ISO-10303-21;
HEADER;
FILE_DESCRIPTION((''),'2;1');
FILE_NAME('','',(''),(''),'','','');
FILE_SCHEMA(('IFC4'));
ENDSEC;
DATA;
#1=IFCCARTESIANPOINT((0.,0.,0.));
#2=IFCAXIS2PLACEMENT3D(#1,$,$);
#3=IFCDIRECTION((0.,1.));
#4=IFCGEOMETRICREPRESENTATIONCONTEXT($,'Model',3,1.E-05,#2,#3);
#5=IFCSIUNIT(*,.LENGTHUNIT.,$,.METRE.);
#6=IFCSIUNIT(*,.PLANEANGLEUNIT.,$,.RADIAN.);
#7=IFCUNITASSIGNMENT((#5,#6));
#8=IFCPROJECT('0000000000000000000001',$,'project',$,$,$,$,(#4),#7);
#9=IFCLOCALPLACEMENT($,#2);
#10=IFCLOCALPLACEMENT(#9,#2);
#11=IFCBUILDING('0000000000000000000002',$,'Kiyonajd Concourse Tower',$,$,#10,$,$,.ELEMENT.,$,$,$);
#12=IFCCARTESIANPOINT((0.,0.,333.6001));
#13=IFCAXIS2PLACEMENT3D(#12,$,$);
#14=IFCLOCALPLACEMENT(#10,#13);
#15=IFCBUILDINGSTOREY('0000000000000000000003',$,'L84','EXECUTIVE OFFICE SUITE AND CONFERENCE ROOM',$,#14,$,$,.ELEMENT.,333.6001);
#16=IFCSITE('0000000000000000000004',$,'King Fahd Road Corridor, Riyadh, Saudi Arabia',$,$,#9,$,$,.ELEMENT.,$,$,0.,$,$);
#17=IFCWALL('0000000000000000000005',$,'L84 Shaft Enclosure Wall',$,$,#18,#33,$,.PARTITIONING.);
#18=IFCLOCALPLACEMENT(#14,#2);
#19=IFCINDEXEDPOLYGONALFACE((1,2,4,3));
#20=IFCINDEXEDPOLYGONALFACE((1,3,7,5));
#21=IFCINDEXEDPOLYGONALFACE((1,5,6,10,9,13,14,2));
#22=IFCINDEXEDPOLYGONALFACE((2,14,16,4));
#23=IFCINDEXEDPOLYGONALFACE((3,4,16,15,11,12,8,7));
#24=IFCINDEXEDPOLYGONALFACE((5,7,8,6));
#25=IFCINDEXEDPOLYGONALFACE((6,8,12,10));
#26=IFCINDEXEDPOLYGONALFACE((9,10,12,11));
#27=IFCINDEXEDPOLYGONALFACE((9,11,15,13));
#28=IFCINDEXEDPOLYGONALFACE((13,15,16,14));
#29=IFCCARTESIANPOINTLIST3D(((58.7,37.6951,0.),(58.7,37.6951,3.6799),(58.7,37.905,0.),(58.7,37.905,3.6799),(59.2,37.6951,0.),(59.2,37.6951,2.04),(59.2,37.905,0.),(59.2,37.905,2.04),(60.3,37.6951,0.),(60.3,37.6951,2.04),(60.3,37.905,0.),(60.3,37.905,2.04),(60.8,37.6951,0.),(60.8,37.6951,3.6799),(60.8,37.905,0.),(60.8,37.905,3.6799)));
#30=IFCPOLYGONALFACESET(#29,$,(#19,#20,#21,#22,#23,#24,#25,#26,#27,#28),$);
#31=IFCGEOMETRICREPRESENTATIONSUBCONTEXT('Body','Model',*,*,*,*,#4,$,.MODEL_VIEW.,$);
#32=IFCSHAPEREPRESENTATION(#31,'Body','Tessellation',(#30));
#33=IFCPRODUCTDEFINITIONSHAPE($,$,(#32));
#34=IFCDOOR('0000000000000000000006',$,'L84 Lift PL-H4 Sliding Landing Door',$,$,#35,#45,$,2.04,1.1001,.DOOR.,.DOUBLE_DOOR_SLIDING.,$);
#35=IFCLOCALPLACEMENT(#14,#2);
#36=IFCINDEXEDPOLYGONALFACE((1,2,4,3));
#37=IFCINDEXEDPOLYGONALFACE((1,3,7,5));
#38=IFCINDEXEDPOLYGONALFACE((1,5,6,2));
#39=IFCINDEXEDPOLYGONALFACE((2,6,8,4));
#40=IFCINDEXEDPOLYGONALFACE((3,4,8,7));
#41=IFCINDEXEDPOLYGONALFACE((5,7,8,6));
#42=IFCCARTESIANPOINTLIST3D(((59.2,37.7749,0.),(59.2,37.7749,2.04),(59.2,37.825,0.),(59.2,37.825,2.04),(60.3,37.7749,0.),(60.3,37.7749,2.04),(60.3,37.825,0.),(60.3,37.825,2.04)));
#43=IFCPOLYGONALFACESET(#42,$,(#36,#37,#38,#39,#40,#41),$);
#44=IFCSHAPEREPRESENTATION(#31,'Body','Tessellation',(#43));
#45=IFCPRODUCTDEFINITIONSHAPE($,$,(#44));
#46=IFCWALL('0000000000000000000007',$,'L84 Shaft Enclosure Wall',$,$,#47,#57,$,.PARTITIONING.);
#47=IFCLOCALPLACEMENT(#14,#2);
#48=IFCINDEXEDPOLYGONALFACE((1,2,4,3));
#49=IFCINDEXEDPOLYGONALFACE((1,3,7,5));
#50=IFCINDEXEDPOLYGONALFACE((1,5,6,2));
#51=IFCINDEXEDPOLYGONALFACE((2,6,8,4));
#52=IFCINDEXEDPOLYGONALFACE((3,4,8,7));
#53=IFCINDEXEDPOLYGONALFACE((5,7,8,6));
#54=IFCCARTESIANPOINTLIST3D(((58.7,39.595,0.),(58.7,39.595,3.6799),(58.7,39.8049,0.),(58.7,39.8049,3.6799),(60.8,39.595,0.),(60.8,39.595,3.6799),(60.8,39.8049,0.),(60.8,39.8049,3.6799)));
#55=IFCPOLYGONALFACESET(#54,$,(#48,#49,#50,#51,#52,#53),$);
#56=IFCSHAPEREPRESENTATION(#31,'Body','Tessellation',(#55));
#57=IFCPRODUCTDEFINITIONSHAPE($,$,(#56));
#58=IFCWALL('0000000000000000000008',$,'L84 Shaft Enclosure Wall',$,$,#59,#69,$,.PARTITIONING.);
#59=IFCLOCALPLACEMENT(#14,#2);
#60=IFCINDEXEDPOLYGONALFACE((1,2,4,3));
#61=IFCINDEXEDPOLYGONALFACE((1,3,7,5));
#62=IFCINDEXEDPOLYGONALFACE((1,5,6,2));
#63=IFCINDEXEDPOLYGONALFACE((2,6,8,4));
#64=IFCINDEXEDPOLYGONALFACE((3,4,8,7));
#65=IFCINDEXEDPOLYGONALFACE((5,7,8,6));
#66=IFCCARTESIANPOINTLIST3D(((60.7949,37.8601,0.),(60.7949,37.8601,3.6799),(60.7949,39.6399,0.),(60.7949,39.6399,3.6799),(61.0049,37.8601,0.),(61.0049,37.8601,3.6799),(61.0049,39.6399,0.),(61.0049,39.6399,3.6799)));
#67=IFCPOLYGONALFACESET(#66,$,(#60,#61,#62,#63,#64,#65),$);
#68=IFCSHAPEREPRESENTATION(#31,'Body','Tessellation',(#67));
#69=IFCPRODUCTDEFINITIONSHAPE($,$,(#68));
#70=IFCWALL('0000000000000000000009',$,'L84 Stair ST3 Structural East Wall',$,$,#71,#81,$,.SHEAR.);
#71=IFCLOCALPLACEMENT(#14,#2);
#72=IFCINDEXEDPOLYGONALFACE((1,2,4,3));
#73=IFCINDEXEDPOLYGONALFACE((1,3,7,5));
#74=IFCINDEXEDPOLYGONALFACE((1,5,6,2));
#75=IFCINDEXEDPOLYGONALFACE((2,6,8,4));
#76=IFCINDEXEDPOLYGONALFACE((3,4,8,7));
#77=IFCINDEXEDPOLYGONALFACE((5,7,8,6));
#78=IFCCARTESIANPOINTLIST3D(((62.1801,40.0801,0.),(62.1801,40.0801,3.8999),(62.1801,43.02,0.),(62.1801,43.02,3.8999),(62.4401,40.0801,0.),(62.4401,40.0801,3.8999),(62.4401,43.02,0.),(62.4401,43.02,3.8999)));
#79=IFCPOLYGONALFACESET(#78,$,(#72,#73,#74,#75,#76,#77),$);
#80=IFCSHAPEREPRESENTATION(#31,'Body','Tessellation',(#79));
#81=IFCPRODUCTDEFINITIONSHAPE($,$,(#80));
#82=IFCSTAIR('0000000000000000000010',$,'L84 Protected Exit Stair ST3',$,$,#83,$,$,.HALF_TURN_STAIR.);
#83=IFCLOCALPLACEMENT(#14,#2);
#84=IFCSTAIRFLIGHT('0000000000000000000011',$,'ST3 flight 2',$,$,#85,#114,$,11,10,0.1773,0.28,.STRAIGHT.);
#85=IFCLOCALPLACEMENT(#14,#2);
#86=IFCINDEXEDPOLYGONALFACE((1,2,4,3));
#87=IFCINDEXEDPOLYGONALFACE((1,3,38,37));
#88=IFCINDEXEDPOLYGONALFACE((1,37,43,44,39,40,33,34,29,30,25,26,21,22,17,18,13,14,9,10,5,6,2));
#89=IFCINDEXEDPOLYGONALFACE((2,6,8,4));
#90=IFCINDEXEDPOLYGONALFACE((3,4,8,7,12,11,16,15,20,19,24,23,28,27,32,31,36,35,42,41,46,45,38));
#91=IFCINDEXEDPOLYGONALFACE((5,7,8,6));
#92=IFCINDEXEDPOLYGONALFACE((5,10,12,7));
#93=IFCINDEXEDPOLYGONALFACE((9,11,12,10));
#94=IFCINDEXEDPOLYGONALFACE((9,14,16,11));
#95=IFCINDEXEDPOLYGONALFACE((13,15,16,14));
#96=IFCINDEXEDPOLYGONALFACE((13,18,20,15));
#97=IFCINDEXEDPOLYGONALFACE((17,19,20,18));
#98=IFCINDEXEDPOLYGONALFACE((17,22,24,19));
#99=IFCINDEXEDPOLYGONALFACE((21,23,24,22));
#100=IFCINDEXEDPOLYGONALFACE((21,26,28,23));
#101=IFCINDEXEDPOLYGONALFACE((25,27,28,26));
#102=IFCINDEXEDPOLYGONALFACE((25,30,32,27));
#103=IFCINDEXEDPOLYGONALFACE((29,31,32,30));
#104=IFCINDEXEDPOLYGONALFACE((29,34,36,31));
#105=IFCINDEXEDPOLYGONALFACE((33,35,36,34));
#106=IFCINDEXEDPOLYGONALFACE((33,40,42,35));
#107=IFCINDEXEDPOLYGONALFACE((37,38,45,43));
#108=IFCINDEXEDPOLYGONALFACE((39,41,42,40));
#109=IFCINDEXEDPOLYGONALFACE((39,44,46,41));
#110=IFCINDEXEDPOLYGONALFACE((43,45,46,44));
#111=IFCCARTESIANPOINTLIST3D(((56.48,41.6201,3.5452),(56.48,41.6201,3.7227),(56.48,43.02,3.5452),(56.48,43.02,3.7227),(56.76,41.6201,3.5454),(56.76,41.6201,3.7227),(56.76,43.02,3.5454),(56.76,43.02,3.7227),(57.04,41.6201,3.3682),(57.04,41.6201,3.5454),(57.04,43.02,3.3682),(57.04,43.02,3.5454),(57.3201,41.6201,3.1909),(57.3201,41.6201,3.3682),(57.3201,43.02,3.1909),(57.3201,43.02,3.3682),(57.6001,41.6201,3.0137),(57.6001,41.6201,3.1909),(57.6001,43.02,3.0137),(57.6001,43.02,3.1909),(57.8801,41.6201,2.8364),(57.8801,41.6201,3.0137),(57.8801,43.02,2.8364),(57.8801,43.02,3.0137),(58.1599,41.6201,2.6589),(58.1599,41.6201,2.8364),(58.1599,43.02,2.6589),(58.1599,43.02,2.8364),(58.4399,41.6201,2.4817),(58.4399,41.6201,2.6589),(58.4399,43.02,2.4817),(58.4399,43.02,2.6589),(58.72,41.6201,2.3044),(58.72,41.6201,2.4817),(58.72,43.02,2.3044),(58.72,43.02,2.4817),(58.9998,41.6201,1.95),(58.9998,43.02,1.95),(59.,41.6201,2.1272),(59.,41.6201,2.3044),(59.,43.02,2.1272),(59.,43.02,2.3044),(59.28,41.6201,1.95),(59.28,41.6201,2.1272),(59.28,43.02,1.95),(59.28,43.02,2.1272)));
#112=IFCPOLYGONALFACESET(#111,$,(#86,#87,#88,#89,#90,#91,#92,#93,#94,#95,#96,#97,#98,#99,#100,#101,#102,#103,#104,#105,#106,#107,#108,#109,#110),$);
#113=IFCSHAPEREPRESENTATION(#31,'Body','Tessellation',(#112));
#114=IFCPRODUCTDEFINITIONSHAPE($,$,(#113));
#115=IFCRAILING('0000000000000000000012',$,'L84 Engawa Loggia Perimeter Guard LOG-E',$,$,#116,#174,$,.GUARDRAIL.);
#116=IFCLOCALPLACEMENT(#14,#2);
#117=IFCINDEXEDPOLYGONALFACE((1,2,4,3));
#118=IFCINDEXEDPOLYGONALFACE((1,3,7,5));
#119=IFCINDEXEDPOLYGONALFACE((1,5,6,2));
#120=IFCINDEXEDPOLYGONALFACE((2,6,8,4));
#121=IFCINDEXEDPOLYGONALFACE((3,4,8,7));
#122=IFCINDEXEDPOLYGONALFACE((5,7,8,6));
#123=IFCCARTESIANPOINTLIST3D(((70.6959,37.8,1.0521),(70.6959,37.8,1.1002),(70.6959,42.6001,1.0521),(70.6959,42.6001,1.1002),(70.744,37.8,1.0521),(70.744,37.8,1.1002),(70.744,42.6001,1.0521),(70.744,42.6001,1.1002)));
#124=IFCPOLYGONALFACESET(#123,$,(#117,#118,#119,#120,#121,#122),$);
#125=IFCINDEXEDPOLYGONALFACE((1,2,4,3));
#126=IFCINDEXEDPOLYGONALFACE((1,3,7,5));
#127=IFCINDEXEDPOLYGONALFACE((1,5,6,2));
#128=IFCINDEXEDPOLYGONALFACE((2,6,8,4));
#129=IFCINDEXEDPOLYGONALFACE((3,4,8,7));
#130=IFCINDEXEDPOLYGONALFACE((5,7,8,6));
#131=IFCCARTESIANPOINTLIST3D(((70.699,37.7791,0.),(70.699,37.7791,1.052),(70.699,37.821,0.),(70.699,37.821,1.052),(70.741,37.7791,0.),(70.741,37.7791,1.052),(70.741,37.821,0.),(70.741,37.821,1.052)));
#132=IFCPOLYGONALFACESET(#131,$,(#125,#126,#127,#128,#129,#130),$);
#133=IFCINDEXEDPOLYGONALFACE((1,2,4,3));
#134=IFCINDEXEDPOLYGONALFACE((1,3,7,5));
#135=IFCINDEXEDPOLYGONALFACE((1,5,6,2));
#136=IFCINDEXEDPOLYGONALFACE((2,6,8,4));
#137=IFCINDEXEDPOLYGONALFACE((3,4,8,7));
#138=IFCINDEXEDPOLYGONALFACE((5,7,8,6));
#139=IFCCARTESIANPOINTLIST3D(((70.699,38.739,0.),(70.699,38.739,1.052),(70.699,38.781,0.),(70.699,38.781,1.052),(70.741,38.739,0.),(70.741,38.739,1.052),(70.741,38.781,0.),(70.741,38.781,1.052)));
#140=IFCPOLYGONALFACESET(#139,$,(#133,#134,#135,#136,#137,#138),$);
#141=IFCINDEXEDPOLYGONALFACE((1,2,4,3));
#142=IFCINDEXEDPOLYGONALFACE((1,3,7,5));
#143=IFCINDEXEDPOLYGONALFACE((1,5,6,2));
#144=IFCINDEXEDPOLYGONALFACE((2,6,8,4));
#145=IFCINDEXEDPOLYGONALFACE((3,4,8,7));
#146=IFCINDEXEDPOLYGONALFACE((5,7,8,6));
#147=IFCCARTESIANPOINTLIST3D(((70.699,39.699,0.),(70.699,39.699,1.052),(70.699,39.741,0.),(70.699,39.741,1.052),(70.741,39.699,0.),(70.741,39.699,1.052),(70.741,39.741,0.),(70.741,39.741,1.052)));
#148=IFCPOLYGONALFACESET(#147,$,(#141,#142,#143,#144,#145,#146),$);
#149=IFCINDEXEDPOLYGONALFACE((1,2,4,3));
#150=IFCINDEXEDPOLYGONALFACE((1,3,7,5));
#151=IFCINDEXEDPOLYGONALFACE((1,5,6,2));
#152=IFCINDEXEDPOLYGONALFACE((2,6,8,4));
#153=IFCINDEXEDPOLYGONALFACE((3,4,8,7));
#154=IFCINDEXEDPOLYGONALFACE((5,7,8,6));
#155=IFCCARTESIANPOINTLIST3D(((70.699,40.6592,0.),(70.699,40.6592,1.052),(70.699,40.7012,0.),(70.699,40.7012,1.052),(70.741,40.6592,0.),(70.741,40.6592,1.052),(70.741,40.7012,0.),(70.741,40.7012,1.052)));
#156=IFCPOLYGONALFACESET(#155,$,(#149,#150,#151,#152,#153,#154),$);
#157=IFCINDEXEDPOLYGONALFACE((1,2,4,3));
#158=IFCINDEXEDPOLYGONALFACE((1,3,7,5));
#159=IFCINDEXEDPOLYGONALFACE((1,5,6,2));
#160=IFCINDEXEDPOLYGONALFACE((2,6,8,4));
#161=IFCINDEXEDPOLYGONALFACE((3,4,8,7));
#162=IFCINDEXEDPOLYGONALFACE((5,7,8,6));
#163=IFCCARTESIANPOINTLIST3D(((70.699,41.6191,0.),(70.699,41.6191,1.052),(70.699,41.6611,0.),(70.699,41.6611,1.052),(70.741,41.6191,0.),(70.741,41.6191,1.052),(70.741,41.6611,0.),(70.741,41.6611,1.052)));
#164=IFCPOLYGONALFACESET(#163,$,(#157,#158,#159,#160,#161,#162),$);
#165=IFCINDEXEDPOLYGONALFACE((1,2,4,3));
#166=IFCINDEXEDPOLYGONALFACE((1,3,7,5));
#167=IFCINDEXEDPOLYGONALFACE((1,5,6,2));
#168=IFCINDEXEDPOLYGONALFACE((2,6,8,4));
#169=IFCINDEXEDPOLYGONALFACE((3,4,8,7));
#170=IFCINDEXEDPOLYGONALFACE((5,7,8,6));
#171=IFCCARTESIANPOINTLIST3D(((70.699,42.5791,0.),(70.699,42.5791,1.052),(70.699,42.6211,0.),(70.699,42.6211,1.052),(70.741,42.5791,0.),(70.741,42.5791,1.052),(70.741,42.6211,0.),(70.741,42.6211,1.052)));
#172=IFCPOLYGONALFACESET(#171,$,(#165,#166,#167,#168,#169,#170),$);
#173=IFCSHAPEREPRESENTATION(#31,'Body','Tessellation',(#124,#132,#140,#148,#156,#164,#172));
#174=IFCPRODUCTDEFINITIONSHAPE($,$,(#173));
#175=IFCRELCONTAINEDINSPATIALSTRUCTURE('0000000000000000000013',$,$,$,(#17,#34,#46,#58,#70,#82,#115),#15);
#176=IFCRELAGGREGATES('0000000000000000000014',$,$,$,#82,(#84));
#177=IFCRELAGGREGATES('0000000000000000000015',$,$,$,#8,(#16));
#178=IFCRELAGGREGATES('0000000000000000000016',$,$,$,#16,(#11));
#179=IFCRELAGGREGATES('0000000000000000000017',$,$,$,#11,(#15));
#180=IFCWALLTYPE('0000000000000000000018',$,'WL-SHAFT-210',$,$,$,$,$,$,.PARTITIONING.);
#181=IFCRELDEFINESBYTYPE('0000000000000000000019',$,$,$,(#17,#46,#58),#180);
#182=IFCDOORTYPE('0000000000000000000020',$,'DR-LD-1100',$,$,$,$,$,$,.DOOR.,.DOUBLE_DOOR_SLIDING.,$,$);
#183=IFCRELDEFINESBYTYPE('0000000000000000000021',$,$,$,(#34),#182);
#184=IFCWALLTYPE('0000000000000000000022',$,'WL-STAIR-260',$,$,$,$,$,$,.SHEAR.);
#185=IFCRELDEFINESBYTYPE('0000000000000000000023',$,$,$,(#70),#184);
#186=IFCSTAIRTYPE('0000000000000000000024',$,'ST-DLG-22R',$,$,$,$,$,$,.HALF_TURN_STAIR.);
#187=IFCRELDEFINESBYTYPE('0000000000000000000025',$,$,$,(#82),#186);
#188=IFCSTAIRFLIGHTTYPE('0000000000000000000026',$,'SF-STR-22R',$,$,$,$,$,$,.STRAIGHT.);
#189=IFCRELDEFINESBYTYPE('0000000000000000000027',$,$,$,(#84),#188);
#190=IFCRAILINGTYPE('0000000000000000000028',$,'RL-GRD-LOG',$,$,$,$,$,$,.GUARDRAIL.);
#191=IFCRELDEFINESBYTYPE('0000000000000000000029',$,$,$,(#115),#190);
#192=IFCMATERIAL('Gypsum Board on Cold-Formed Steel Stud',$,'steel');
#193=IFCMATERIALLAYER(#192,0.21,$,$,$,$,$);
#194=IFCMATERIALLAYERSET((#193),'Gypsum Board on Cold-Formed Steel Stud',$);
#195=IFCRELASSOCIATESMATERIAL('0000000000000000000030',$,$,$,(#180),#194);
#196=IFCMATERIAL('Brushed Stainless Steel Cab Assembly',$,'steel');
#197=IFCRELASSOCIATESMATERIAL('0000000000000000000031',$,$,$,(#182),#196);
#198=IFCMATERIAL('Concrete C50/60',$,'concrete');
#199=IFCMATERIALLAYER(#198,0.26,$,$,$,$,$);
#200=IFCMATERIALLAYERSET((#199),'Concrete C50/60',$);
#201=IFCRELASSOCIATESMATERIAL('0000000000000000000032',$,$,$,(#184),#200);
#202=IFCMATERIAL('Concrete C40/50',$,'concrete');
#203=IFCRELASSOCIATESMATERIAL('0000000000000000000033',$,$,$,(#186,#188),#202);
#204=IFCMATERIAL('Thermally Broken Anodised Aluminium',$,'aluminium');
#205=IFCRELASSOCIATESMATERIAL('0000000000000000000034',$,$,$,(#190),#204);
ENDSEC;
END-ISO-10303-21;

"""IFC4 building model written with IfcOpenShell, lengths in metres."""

from ifc_helpers import new_model, si_unit, direction, frame, frame_2d, origin, origin_2d, place, context, subcontext, project, spatial, polyline, rectangle, outline, extrude, material, layer, layer_set, type_object, element, fill, aggregate, save


model = new_model("IFC4")

# Units and contexts
model_context = context("Model", 3, precision=1e-05, world=origin(), true_north=direction((0.0, 1.0)))
body_context = subcontext(model_context, "Body", "Model", "MODEL_VIEW")
ifc_project = project(units=[si_unit("LENGTHUNIT", "METRE"), si_unit("PLANEANGLEUNIT", "RADIAN")], contexts=[model_context])

# Site, building, storey
site_placement = place(None, origin())
site = spatial("IfcSite", under=ifc_project, at=site_placement, Name="King Fahd Road Corridor, Riyadh, Saudi Arabia", CompositionType="ELEMENT", RefElevation=0.0)
building_placement = place(site_placement, origin())
building = spatial("IfcBuilding", under=site, at=building_placement, Name="Kiyonajd Concourse Tower", CompositionType="ELEMENT")
storey_placement = place(building_placement, frame((0.0, 0.0, 333.6001)))
storey = spatial("IfcBuildingStorey", under=building, at=storey_placement, Name="L84", Description="EXECUTIVE OFFICE SUITE AND CONFERENCE ROOM", CompositionType="ELEMENT", Elevation=333.6001)

# Shared definitions
ifc_material_1 = material(Name="Thermally Broken Anodised Aluminium", Category="aluminium")

# Shared definitions
ifc_material_2 = material(Name="Gypsum Board on Cold-Formed Steel Stud", Category="steel")
ifc_layer_1 = layer(ifc_material_2, 0.21)
ifc_layer_set_1 = layer_set([ifc_layer_1], Name="Gypsum Board on Cold-Formed Steel Stud")
wall_type_1 = type_object("IfcWallType", Name="WL-SHAFT-210", PredefinedType="PARTITIONING", material=ifc_layer_set_1)

# Wall, opening, door
wall_1_placement = place(storey_placement, frame((58.7, 37.8, 0.0), z_axis=(0.0, 0.0, 1.0), x_axis=(1.0, 0.0, 0.0)))
wall_1 = element("IfcWall", 1, at=wall_1_placement, inside=storey, type_object=wall_type_1, Name="L84 Shaft Enclosure Wall", PredefinedType="PARTITIONING", context=body_context, shape_type="SweptSolid", body=[
    extrude(rectangle(XDim=2.1001, YDim=0.21, at=frame_2d((1.05, 0.0))), origin(), (0.0, 0.0, 1.0), 3.6799),
])
opening_1_placement = place(wall_1_placement, frame((0.5, 0.0, 0.0)))
opening_1 = element("IfcOpeningElement", 2, at=opening_1_placement, cuts=wall_1, PredefinedType="OPENING", context=body_context, shape_type="SweptSolid", body=[
    extrude(rectangle(XDim=1.1001, YDim=2.04, at=frame_2d((0.55, 1.02))), frame((0.0, 0.115, 0.0), z_axis=(0.0, -1.0, 0.0), x_axis=(1.0, 0.0, 0.0)), (0.0, 0.0, 1.0), 0.23),
])
ifc_material_3 = material(Name="Brushed Stainless Steel Cab Assembly", Category="steel")
door_type_1 = type_object("IfcDoorType", Name="DR-LD-1100", OperationType="DOUBLE_DOOR_SLIDING", PredefinedType="DOOR", material=ifc_material_3)
door_1_placement = place(opening_1_placement, origin())
door_1 = element("IfcDoor", 3, at=door_1_placement, inside=storey, type_object=door_type_1, Name="L84 Lift PL-H4 Sliding Landing Door", OperationType="DOUBLE_DOOR_SLIDING", OverallHeight=2.04, OverallWidth=1.1001, PredefinedType="DOOR", context=body_context, shape_type="SweptSolid", body=[
    extrude(rectangle(XDim=1.1001, YDim=2.04, at=frame_2d((0.55, 1.02))), frame((0.0, 0.0249, 0.0), z_axis=(0.0, -1.0, 0.0), x_axis=(1.0, 0.0, 0.0)), (0.0, 0.0, 1.0), 0.05),
])
fill(opening_1, door_1)

# Walls
wall_2_placement = place(storey_placement, frame((58.7, 39.7, 0.0), z_axis=(0.0, 0.0, 1.0), x_axis=(1.0, 0.0, 0.0)))
element("IfcWall", 4, at=wall_2_placement, inside=storey, type_object=wall_type_1, Name="L84 Shaft Enclosure Wall", PredefinedType="PARTITIONING", context=body_context, shape_type="SweptSolid", body=[
    extrude(rectangle(XDim=2.1001, YDim=0.21, at=frame_2d((1.05, 0.0))), origin(), (0.0, 0.0, 1.0), 3.6799),
])
wall_3_placement = place(storey_placement, frame((60.8999, 37.8601, 0.0), z_axis=(0.0, 0.0, 1.0), x_axis=(0.0, 1.0, 0.0)))
element("IfcWall", 5, at=wall_3_placement, inside=storey, type_object=wall_type_1, Name="L84 Shaft Enclosure Wall", PredefinedType="PARTITIONING", context=body_context, shape_type="SweptSolid", body=[
    extrude(rectangle(XDim=1.7798, YDim=0.21, at=frame_2d((0.8899, 0.0))), origin(), (0.0, 0.0, 1.0), 3.6799),
])
ifc_material_4 = material(Name="Concrete C50/60", Category="concrete")
ifc_layer_2 = layer(ifc_material_4, 0.26)
ifc_layer_set_2 = layer_set([ifc_layer_2], Name="Concrete C50/60")
wall_type_2 = type_object("IfcWallType", Name="WL-STAIR-260", PredefinedType="SHEAR", material=ifc_layer_set_2)
wall_4_placement = place(storey_placement, frame((62.3101, 40.0801, 0.0), z_axis=(0.0, 0.0, 1.0), x_axis=(0.0, 1.0, 0.0)))
element("IfcWall", 6, at=wall_4_placement, inside=storey, type_object=wall_type_2, Name="L84 Stair ST3 Structural East Wall", PredefinedType="SHEAR", context=body_context, shape_type="SweptSolid", body=[
    extrude(rectangle(XDim=2.9399, YDim=0.26, at=frame_2d((1.47, 0.0))), origin(), (0.0, 0.0, 1.0), 3.8999),
])

# Stair, stair flight
ifc_material_5 = material(Name="Concrete C40/50", Category="concrete")
stair_type = type_object("IfcStairType", Name="ST-DLG-22R", PredefinedType="HALF_TURN_STAIR", material=ifc_material_5)
stair_placement = place(storey_placement, origin())
stair = element("IfcStair", 7, at=stair_placement, inside=storey, type_object=stair_type, Name="L84 Protected Exit Stair ST3", PredefinedType="HALF_TURN_STAIR")
stair_flight_type = type_object("IfcStairFlightType", Name="SF-STR-22R", PredefinedType="STRAIGHT", material=ifc_material_5)
stair_flight_placement = place(storey_placement, frame((59.28, 42.3201, 1.95), z_axis=(0.0, 0.0, 1.0), x_axis=(-1.0, 0.0, 0.0)))
stair_flight = element("IfcStairFlight", 8, at=stair_flight_placement, type_object=stair_flight_type, Name="ST3 flight 2", NumberOfRisers=11, NumberOfTreads=10, PredefinedType="STRAIGHT", RiserHeight=0.1773, TreadLength=0.28, context=body_context, shape_type="SweptSolid", body=[
    extrude(outline(polyline([(0.0, 0.0), (0.0, 0.1772), (0.28, 0.1772), (0.28, 0.3545), (0.5601, 0.3545), (0.5601, 0.5317), (0.8401, 0.5317), (0.8401, 0.709), (1.1201, 0.709), (1.1201, 0.8865), (1.3999, 0.8865), (1.3999, 1.0637), (1.6799, 1.0637), (1.6799, 1.241), (1.96, 1.241), (1.96, 1.4182), (2.24, 1.4182), (2.24, 1.5955), (2.52, 1.5955), (2.52, 1.7727), (2.8, 1.7727), (2.8, 1.95), (2.8, 1.5952), (0.2803, 0.0), (0.0, 0.0)])), frame((0.0, 0.7, 0.0), z_axis=(0.0, -1.0, 0.0), x_axis=(1.0, 0.0, 0.0)), (0.0, 0.0, 1.0), 1.3999),
])
aggregate(stair, [stair_flight])

# Railing
railing_type_1 = type_object("IfcRailingType", Name="RL-GRD-LOG", PredefinedType="GUARDRAIL", material=ifc_material_1)
railing_1_placement = place(storey_placement, frame((70.72, 37.8, 0.0)))
element("IfcRailing", 9, at=railing_1_placement, inside=storey, type_object=railing_type_1, Name="L84 Engawa Loggia Perimeter Guard LOG-E", PredefinedType="GUARDRAIL", context=body_context, shape_type="SweptSolid", body=[
    extrude(rectangle(XDim=0.0481, YDim=0.0481, at=origin_2d()), frame((0.0, 0.0, 1.0762), z_axis=(0.0, 1.0, 0.0), x_axis=(-1.0, 0.0, 0.0)), (0.0, 0.0, 1.0), 4.8),
    extrude(rectangle(XDim=0.042, YDim=0.042, at=origin_2d()), origin(), (0.0, 0.0, 1.0), 1.052),
    extrude(rectangle(XDim=0.042, YDim=0.042, at=origin_2d()), frame((0.0, 0.96, 0.0)), (0.0, 0.0, 1.0), 1.052),
    extrude(rectangle(XDim=0.042, YDim=0.042, at=origin_2d()), frame((0.0, 1.9199, 0.0)), (0.0, 0.0, 1.0), 1.052),
    extrude(rectangle(XDim=0.042, YDim=0.042, at=origin_2d()), frame((0.0, 2.8801, 0.0)), (0.0, 0.0, 1.0), 1.052),
    extrude(rectangle(XDim=0.042, YDim=0.042, at=origin_2d()), frame((0.0, 3.8401, 0.0)), (0.0, 0.0, 1.0), 1.052),
    extrude(rectangle(XDim=0.042, YDim=0.042, at=origin_2d()), frame((0.0, 4.8, 0.0)), (0.0, 0.0, 1.0), 1.052),
])

save(model, "model.ifc")
